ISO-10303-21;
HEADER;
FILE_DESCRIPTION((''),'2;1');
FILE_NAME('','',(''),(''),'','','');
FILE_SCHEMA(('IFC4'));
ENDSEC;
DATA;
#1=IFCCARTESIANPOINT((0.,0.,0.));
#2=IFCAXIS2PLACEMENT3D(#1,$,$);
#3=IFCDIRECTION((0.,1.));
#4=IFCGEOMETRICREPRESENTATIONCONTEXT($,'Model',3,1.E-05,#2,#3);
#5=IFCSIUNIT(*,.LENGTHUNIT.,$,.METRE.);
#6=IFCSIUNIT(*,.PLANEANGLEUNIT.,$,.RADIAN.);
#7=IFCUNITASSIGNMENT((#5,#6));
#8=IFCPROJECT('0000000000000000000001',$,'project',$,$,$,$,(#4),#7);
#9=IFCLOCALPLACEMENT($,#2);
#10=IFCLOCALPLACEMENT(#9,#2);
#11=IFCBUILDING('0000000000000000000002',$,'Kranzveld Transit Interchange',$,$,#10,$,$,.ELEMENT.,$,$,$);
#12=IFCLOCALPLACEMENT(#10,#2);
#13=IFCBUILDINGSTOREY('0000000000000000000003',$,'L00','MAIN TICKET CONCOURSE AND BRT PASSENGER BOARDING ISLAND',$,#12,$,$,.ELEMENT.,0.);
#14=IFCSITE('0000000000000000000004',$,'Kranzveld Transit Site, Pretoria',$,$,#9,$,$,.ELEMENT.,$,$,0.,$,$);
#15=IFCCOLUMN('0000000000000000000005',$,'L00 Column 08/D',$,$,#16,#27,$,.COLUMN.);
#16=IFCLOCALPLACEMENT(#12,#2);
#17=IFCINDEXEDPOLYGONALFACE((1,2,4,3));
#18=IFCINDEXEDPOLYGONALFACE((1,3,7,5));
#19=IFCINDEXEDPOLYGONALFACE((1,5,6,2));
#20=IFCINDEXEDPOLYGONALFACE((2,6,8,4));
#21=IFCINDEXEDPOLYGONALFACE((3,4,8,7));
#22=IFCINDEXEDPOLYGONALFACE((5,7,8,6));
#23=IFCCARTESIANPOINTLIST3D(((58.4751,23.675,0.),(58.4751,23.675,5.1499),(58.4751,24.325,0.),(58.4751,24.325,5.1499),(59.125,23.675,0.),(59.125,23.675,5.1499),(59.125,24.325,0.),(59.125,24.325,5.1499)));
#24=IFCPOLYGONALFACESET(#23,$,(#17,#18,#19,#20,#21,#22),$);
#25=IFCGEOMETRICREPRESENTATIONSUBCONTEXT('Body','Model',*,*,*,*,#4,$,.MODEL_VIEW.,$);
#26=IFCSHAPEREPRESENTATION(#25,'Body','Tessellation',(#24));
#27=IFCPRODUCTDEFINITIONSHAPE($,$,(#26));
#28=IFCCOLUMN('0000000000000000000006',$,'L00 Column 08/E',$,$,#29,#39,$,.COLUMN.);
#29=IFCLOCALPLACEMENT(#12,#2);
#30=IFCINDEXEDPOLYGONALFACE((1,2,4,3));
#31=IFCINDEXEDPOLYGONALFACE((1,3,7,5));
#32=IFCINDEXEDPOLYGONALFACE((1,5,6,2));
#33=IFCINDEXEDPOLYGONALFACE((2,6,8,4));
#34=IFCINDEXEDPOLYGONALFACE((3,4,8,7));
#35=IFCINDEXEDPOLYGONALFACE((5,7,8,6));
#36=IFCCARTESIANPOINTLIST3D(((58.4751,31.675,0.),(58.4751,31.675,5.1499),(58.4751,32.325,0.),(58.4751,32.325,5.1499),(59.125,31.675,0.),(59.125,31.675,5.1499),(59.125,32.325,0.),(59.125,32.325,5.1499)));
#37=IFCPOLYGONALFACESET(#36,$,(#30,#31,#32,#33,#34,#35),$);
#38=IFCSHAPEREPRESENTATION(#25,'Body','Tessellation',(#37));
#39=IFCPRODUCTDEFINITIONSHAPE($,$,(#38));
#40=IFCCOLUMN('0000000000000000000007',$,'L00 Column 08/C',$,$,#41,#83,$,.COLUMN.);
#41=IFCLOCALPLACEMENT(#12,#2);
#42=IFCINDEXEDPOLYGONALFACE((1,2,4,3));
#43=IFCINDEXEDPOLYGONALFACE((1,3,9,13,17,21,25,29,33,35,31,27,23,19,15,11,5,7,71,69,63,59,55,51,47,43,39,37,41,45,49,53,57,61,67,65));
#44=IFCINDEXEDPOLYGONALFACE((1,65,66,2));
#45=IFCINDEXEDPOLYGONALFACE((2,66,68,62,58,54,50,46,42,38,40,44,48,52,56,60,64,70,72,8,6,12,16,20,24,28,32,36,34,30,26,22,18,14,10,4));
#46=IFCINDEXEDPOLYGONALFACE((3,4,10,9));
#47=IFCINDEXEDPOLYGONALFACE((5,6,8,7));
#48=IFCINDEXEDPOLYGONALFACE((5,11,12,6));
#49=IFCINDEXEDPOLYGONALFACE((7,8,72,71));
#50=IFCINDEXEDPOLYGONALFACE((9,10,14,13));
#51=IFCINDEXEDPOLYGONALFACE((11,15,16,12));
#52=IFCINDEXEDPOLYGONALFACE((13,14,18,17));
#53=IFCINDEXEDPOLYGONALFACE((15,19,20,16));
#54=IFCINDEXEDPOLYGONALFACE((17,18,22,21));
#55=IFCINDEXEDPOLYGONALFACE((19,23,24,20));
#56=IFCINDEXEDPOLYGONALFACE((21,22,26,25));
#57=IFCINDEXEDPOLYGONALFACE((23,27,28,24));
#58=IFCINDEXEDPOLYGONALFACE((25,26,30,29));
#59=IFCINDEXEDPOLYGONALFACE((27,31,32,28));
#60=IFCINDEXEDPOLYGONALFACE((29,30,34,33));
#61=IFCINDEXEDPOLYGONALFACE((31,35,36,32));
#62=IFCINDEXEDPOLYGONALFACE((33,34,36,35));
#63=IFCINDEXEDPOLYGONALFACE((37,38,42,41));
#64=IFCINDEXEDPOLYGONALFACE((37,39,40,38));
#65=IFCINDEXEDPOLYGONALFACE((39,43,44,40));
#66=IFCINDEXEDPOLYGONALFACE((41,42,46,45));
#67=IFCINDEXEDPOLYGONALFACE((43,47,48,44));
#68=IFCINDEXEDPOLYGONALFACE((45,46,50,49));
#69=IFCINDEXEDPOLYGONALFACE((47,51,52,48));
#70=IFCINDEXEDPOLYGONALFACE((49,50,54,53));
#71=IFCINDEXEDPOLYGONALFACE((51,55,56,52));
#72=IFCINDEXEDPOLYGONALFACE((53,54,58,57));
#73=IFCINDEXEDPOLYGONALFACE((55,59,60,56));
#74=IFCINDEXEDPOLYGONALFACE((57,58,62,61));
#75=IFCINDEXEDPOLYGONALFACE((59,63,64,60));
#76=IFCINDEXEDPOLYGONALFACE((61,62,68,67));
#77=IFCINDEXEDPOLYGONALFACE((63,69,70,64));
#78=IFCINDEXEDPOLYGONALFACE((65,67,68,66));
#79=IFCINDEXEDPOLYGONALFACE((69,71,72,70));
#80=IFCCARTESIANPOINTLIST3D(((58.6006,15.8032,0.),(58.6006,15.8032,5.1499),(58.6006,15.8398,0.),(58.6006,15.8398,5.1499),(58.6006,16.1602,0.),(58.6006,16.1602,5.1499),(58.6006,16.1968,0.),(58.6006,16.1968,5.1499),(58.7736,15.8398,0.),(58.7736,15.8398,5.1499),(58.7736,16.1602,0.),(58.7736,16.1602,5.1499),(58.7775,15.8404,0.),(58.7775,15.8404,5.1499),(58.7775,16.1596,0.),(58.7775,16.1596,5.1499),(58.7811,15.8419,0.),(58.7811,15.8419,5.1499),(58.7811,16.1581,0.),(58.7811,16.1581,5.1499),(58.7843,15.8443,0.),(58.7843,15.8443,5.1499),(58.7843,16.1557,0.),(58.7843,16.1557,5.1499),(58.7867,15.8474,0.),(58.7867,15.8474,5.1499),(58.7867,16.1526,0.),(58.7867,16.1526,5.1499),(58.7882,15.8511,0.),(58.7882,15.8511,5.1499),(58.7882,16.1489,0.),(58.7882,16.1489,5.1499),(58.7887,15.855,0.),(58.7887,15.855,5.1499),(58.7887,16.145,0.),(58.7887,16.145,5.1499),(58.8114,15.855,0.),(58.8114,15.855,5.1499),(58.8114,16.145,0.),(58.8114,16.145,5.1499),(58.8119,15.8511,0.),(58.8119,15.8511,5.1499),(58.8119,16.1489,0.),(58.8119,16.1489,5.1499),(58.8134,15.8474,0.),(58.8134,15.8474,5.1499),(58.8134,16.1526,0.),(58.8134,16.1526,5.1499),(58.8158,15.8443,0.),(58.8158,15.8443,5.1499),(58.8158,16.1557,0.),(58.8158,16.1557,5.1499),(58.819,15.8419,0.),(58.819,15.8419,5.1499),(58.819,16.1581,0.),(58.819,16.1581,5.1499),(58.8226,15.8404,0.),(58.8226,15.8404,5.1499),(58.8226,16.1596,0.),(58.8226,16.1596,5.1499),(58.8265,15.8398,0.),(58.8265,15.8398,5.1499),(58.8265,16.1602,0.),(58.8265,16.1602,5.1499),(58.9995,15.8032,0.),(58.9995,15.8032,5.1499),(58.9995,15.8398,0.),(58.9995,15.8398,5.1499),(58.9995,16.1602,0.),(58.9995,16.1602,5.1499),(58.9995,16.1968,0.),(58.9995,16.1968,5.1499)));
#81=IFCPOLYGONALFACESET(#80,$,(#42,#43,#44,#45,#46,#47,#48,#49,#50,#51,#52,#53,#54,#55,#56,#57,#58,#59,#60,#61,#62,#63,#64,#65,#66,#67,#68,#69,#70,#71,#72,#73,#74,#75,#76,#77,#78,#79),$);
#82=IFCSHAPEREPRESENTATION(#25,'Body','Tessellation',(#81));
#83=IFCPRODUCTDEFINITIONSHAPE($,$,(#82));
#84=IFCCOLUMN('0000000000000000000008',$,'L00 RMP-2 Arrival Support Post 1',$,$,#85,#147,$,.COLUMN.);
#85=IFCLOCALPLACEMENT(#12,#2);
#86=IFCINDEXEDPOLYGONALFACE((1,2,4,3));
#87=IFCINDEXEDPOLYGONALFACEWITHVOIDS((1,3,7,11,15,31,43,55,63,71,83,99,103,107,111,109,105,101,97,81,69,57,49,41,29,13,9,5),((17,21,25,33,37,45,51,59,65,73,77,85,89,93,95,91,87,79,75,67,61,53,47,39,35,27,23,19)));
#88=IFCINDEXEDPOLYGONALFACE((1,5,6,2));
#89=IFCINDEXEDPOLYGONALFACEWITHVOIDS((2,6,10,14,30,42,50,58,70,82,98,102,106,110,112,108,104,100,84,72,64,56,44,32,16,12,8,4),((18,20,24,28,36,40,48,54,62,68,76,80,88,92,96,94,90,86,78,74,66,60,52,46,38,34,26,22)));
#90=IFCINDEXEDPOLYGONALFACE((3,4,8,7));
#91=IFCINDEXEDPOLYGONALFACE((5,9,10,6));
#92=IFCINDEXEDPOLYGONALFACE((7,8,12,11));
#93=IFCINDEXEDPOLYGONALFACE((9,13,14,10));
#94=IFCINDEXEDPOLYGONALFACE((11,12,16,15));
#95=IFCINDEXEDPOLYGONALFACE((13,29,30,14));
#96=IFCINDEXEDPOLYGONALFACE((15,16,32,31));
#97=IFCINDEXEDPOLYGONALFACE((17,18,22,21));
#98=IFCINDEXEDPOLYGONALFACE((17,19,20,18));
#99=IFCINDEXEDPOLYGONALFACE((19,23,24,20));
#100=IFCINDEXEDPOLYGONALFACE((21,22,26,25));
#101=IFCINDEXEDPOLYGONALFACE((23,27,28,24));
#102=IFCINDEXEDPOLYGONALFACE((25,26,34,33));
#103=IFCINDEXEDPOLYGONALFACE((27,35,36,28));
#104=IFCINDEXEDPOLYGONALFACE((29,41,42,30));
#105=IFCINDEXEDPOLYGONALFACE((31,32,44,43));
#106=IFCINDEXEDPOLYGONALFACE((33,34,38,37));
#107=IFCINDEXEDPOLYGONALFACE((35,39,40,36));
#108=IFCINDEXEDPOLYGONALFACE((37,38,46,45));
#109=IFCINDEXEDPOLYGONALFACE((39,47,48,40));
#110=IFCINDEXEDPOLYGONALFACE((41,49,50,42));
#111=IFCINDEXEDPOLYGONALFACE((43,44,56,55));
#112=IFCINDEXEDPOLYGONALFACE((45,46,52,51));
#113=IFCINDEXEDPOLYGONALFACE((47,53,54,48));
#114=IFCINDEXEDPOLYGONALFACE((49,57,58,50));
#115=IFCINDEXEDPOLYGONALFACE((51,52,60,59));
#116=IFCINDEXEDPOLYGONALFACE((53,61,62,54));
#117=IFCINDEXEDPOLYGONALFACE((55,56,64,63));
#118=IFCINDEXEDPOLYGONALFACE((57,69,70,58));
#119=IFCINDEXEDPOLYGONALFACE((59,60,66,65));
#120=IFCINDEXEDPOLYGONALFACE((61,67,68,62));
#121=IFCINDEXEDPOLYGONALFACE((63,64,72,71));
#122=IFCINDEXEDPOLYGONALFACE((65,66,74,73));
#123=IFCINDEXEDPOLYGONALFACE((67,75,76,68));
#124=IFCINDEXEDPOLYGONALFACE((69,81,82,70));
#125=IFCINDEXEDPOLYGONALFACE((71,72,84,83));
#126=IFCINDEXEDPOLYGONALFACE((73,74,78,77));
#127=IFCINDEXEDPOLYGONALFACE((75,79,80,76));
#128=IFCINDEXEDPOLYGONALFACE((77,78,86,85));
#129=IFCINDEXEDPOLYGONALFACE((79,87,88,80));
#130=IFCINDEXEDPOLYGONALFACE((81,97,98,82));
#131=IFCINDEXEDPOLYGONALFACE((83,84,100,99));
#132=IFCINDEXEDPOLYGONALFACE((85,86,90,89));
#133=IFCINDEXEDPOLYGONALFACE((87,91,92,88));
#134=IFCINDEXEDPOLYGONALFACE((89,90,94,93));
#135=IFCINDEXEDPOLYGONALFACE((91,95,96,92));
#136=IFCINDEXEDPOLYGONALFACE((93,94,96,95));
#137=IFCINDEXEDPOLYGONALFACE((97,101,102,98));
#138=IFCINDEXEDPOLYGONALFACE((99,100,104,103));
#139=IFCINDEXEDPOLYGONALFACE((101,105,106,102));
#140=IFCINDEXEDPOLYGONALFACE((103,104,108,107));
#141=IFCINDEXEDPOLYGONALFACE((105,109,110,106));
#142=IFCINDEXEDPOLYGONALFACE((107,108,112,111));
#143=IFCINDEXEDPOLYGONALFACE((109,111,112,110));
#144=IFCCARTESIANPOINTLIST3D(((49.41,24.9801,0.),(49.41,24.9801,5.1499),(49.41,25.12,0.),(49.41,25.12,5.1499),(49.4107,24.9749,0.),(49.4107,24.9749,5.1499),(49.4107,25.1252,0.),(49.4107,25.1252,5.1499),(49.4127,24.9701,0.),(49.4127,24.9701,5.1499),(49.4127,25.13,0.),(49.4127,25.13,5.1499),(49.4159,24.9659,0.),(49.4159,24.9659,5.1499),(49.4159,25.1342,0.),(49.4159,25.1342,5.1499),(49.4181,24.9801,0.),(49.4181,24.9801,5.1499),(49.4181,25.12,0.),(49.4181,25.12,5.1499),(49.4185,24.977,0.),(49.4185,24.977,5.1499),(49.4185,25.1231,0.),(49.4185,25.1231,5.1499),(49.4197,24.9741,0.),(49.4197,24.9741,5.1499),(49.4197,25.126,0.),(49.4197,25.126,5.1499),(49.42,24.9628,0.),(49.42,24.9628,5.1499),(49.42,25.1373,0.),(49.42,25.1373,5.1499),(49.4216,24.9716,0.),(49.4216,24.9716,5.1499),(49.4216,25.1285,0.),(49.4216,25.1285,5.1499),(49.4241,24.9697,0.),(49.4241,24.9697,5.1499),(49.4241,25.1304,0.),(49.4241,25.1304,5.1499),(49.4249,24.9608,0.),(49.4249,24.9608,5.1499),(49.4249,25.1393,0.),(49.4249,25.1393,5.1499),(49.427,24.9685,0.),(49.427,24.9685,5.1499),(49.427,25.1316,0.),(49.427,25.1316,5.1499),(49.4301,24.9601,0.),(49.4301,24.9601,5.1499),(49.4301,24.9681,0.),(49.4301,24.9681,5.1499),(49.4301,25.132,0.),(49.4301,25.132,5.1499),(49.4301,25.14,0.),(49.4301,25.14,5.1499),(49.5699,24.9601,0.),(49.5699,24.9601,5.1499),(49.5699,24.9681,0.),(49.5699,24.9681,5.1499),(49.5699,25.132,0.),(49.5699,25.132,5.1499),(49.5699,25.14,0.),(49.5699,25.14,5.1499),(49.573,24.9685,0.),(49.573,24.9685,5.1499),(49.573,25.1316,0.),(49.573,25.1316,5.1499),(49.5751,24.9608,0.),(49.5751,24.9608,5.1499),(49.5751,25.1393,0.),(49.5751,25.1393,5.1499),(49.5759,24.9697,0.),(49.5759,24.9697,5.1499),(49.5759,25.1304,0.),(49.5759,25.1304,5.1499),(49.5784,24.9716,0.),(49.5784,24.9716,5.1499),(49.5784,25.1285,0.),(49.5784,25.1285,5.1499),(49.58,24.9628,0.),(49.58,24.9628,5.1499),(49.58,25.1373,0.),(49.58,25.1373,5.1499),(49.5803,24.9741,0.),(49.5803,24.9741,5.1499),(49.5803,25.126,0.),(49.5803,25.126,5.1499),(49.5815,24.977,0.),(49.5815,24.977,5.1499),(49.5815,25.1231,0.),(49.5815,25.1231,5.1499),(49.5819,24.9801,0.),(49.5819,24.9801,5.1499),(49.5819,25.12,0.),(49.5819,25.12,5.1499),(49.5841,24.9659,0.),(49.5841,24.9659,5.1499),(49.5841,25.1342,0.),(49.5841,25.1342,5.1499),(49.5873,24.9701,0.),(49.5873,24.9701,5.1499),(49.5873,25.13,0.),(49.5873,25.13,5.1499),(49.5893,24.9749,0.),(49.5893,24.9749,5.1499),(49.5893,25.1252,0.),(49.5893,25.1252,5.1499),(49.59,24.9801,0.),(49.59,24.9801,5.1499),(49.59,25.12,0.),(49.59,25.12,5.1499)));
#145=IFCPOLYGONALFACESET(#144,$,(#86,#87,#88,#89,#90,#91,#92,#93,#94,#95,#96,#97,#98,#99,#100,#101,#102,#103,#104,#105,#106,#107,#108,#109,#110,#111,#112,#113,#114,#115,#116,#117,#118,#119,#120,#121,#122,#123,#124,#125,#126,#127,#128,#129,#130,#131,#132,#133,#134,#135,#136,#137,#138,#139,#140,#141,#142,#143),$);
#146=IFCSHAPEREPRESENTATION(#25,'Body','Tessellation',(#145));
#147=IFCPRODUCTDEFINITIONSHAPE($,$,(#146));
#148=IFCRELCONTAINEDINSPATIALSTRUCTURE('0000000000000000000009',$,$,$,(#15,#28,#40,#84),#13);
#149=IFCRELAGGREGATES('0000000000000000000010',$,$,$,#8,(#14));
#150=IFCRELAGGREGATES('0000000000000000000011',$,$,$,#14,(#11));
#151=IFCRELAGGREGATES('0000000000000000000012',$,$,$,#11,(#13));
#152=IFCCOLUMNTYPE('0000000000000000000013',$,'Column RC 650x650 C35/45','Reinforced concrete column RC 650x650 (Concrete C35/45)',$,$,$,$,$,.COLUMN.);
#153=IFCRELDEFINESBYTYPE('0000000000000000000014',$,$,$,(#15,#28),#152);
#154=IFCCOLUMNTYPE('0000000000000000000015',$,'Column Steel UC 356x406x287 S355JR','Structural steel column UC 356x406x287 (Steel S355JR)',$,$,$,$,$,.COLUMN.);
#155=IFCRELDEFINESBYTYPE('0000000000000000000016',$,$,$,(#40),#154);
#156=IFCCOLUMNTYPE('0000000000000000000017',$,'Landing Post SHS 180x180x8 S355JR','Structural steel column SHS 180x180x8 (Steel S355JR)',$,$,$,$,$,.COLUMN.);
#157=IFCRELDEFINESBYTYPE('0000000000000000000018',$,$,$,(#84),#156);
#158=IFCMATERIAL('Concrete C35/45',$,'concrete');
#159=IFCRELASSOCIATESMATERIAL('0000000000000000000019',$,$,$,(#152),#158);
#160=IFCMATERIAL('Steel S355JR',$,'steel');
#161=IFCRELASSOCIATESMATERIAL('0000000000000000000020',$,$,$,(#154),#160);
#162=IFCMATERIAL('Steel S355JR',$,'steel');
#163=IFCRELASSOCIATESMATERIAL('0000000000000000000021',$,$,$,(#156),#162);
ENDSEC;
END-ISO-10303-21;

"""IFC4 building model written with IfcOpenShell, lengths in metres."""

from ifc_helpers import new_model, si_unit, direction, frame, origin, origin_2d, place, context, subcontext, project, spatial, rectangle, hollow_rectangle, i_section, extrude, material, material_profile, profile_set, type_object, element, save


model = new_model("IFC4")

# Units and contexts
model_context = context("Model", 3, precision=1e-05, world=origin(), true_north=direction((0.0, 1.0)))
body_context = subcontext(model_context, "Body", "Model", "MODEL_VIEW")
ifc_project = project(units=[si_unit("LENGTHUNIT", "METRE"), si_unit("PLANEANGLEUNIT", "RADIAN")], contexts=[model_context])

# Site, building, storey
site_placement = place(None, origin())
site = spatial("IfcSite", under=ifc_project, at=site_placement, Name="Kranzveld Transit Site, Pretoria", CompositionType="ELEMENT", RefElevation=0.0)
building_placement = place(site_placement, origin())
building = spatial("IfcBuilding", under=site, at=building_placement, Name="Kranzveld Transit Interchange", CompositionType="ELEMENT")
storey_placement = place(building_placement, origin())
storey = spatial("IfcBuildingStorey", under=building, at=storey_placement, Name="L00", Description="MAIN TICKET CONCOURSE AND BRT PASSENGER BOARDING ISLAND", CompositionType="ELEMENT", Elevation=0.0)

# Columns
ifc_material_1 = material(Name="Concrete C35/45", Category="concrete")
ifc_material_profile_1 = material_profile(ifc_material_1, rectangle(XDim=0.6499, YDim=0.6499, at=origin_2d()), Name="RC 650x650")
ifc_profile_set_1 = profile_set([ifc_material_profile_1], Name="Concrete C35/45")
column_type_1 = type_object("IfcColumnType", Name="Column RC 650x650 C35/45", Description="Reinforced concrete column RC 650x650 (Concrete C35/45)", PredefinedType="COLUMN", material=ifc_profile_set_1)
for number, where, z_axis, x_axis, name in (
    (1, (58.8, 24.0, 0.0), (0.0, 0.0, 1.0), (1.0, 0.0, 0.0), "L00 Column 08/D"),
    (2, (58.8, 32.0, 0.0), (0.0, 0.0, 1.0), (1.0, 0.0, 0.0), "L00 Column 08/E"),
):
    element("IfcColumn", number, at=place(storey_placement, frame(where, z_axis=z_axis, x_axis=x_axis)), inside=storey, type_object=column_type_1, Name=name, PredefinedType="COLUMN", context=body_context, shape_type="SweptSolid", body=[
        extrude(rectangle(XDim=0.6499, YDim=0.6499, at=origin_2d()), origin(), (0.0, 0.0, 1.0), 5.1499),
    ])
ifc_material_2 = material(Name="Steel S355JR", Category="steel")
ifc_material_profile_2 = material_profile(ifc_material_2, i_section(OverallWidth=0.3989, OverallDepth=0.3936, WebThickness=0.0227, FlangeThickness=0.0366, FilletRadius=0.0151, at=origin_2d()), Name="UC 356x406x287")
ifc_profile_set_2 = profile_set([ifc_material_profile_2], Name="Steel S355JR")
column_type_2 = type_object("IfcColumnType", Name="Column Steel UC 356x406x287 S355JR", Description="Structural steel column UC 356x406x287 (Steel S355JR)", PredefinedType="COLUMN", material=ifc_profile_set_2)
column_placement = place(storey_placement, frame((58.8, 16.0, 0.0), z_axis=(0.0, 0.0, 1.0), x_axis=(1.0, 0.0, 0.0)))
element("IfcColumn", 3, at=column_placement, inside=storey, type_object=column_type_2, Name="L00 Column 08/C", PredefinedType="COLUMN", context=body_context, shape_type="SweptSolid", body=[
    extrude(i_section(OverallWidth=0.3989, OverallDepth=0.3936, WebThickness=0.0227, FlangeThickness=0.0366, FilletRadius=0.0151, at=origin_2d()), origin(), (0.0, 0.0, 1.0), 5.1499),
])
ifc_material_3 = material(Name="Steel S355JR", Category="steel")
ifc_material_profile_3 = material_profile(ifc_material_3, hollow_rectangle(XDim=0.1799, YDim=0.1799, WallThickness=0.0081, InnerFilletRadius=0.012, OuterFilletRadius=0.02, at=origin_2d()), Name="SHS 180x180x8")
ifc_profile_set_3 = profile_set([ifc_material_profile_3], Name="Steel S355JR")
column_type_3 = type_object("IfcColumnType", Name="Landing Post SHS 180x180x8 S355JR", Description="Structural steel column SHS 180x180x8 (Steel S355JR)", PredefinedType="COLUMN", material=ifc_profile_set_3)
for number, where, z_axis, x_axis, name in (
    (4, (49.5, 25.05, 0.0), (0.0, 0.0, 1.0), (1.0, 0.0, 0.0), "L00 RMP-2 Arrival Support Post 1"),
):
    element("IfcColumn", number, at=place(storey_placement, frame(where, z_axis=z_axis, x_axis=x_axis)), inside=storey, type_object=column_type_3, Name=name, PredefinedType="COLUMN", context=body_context, shape_type="SweptSolid", body=[
        extrude(hollow_rectangle(XDim=0.1799, YDim=0.1799, WallThickness=0.0081, InnerFilletRadius=0.012, OuterFilletRadius=0.02, at=origin_2d()), origin(), (0.0, 0.0, 1.0), 5.1499),
    ])

save(model, "model.ifc")
